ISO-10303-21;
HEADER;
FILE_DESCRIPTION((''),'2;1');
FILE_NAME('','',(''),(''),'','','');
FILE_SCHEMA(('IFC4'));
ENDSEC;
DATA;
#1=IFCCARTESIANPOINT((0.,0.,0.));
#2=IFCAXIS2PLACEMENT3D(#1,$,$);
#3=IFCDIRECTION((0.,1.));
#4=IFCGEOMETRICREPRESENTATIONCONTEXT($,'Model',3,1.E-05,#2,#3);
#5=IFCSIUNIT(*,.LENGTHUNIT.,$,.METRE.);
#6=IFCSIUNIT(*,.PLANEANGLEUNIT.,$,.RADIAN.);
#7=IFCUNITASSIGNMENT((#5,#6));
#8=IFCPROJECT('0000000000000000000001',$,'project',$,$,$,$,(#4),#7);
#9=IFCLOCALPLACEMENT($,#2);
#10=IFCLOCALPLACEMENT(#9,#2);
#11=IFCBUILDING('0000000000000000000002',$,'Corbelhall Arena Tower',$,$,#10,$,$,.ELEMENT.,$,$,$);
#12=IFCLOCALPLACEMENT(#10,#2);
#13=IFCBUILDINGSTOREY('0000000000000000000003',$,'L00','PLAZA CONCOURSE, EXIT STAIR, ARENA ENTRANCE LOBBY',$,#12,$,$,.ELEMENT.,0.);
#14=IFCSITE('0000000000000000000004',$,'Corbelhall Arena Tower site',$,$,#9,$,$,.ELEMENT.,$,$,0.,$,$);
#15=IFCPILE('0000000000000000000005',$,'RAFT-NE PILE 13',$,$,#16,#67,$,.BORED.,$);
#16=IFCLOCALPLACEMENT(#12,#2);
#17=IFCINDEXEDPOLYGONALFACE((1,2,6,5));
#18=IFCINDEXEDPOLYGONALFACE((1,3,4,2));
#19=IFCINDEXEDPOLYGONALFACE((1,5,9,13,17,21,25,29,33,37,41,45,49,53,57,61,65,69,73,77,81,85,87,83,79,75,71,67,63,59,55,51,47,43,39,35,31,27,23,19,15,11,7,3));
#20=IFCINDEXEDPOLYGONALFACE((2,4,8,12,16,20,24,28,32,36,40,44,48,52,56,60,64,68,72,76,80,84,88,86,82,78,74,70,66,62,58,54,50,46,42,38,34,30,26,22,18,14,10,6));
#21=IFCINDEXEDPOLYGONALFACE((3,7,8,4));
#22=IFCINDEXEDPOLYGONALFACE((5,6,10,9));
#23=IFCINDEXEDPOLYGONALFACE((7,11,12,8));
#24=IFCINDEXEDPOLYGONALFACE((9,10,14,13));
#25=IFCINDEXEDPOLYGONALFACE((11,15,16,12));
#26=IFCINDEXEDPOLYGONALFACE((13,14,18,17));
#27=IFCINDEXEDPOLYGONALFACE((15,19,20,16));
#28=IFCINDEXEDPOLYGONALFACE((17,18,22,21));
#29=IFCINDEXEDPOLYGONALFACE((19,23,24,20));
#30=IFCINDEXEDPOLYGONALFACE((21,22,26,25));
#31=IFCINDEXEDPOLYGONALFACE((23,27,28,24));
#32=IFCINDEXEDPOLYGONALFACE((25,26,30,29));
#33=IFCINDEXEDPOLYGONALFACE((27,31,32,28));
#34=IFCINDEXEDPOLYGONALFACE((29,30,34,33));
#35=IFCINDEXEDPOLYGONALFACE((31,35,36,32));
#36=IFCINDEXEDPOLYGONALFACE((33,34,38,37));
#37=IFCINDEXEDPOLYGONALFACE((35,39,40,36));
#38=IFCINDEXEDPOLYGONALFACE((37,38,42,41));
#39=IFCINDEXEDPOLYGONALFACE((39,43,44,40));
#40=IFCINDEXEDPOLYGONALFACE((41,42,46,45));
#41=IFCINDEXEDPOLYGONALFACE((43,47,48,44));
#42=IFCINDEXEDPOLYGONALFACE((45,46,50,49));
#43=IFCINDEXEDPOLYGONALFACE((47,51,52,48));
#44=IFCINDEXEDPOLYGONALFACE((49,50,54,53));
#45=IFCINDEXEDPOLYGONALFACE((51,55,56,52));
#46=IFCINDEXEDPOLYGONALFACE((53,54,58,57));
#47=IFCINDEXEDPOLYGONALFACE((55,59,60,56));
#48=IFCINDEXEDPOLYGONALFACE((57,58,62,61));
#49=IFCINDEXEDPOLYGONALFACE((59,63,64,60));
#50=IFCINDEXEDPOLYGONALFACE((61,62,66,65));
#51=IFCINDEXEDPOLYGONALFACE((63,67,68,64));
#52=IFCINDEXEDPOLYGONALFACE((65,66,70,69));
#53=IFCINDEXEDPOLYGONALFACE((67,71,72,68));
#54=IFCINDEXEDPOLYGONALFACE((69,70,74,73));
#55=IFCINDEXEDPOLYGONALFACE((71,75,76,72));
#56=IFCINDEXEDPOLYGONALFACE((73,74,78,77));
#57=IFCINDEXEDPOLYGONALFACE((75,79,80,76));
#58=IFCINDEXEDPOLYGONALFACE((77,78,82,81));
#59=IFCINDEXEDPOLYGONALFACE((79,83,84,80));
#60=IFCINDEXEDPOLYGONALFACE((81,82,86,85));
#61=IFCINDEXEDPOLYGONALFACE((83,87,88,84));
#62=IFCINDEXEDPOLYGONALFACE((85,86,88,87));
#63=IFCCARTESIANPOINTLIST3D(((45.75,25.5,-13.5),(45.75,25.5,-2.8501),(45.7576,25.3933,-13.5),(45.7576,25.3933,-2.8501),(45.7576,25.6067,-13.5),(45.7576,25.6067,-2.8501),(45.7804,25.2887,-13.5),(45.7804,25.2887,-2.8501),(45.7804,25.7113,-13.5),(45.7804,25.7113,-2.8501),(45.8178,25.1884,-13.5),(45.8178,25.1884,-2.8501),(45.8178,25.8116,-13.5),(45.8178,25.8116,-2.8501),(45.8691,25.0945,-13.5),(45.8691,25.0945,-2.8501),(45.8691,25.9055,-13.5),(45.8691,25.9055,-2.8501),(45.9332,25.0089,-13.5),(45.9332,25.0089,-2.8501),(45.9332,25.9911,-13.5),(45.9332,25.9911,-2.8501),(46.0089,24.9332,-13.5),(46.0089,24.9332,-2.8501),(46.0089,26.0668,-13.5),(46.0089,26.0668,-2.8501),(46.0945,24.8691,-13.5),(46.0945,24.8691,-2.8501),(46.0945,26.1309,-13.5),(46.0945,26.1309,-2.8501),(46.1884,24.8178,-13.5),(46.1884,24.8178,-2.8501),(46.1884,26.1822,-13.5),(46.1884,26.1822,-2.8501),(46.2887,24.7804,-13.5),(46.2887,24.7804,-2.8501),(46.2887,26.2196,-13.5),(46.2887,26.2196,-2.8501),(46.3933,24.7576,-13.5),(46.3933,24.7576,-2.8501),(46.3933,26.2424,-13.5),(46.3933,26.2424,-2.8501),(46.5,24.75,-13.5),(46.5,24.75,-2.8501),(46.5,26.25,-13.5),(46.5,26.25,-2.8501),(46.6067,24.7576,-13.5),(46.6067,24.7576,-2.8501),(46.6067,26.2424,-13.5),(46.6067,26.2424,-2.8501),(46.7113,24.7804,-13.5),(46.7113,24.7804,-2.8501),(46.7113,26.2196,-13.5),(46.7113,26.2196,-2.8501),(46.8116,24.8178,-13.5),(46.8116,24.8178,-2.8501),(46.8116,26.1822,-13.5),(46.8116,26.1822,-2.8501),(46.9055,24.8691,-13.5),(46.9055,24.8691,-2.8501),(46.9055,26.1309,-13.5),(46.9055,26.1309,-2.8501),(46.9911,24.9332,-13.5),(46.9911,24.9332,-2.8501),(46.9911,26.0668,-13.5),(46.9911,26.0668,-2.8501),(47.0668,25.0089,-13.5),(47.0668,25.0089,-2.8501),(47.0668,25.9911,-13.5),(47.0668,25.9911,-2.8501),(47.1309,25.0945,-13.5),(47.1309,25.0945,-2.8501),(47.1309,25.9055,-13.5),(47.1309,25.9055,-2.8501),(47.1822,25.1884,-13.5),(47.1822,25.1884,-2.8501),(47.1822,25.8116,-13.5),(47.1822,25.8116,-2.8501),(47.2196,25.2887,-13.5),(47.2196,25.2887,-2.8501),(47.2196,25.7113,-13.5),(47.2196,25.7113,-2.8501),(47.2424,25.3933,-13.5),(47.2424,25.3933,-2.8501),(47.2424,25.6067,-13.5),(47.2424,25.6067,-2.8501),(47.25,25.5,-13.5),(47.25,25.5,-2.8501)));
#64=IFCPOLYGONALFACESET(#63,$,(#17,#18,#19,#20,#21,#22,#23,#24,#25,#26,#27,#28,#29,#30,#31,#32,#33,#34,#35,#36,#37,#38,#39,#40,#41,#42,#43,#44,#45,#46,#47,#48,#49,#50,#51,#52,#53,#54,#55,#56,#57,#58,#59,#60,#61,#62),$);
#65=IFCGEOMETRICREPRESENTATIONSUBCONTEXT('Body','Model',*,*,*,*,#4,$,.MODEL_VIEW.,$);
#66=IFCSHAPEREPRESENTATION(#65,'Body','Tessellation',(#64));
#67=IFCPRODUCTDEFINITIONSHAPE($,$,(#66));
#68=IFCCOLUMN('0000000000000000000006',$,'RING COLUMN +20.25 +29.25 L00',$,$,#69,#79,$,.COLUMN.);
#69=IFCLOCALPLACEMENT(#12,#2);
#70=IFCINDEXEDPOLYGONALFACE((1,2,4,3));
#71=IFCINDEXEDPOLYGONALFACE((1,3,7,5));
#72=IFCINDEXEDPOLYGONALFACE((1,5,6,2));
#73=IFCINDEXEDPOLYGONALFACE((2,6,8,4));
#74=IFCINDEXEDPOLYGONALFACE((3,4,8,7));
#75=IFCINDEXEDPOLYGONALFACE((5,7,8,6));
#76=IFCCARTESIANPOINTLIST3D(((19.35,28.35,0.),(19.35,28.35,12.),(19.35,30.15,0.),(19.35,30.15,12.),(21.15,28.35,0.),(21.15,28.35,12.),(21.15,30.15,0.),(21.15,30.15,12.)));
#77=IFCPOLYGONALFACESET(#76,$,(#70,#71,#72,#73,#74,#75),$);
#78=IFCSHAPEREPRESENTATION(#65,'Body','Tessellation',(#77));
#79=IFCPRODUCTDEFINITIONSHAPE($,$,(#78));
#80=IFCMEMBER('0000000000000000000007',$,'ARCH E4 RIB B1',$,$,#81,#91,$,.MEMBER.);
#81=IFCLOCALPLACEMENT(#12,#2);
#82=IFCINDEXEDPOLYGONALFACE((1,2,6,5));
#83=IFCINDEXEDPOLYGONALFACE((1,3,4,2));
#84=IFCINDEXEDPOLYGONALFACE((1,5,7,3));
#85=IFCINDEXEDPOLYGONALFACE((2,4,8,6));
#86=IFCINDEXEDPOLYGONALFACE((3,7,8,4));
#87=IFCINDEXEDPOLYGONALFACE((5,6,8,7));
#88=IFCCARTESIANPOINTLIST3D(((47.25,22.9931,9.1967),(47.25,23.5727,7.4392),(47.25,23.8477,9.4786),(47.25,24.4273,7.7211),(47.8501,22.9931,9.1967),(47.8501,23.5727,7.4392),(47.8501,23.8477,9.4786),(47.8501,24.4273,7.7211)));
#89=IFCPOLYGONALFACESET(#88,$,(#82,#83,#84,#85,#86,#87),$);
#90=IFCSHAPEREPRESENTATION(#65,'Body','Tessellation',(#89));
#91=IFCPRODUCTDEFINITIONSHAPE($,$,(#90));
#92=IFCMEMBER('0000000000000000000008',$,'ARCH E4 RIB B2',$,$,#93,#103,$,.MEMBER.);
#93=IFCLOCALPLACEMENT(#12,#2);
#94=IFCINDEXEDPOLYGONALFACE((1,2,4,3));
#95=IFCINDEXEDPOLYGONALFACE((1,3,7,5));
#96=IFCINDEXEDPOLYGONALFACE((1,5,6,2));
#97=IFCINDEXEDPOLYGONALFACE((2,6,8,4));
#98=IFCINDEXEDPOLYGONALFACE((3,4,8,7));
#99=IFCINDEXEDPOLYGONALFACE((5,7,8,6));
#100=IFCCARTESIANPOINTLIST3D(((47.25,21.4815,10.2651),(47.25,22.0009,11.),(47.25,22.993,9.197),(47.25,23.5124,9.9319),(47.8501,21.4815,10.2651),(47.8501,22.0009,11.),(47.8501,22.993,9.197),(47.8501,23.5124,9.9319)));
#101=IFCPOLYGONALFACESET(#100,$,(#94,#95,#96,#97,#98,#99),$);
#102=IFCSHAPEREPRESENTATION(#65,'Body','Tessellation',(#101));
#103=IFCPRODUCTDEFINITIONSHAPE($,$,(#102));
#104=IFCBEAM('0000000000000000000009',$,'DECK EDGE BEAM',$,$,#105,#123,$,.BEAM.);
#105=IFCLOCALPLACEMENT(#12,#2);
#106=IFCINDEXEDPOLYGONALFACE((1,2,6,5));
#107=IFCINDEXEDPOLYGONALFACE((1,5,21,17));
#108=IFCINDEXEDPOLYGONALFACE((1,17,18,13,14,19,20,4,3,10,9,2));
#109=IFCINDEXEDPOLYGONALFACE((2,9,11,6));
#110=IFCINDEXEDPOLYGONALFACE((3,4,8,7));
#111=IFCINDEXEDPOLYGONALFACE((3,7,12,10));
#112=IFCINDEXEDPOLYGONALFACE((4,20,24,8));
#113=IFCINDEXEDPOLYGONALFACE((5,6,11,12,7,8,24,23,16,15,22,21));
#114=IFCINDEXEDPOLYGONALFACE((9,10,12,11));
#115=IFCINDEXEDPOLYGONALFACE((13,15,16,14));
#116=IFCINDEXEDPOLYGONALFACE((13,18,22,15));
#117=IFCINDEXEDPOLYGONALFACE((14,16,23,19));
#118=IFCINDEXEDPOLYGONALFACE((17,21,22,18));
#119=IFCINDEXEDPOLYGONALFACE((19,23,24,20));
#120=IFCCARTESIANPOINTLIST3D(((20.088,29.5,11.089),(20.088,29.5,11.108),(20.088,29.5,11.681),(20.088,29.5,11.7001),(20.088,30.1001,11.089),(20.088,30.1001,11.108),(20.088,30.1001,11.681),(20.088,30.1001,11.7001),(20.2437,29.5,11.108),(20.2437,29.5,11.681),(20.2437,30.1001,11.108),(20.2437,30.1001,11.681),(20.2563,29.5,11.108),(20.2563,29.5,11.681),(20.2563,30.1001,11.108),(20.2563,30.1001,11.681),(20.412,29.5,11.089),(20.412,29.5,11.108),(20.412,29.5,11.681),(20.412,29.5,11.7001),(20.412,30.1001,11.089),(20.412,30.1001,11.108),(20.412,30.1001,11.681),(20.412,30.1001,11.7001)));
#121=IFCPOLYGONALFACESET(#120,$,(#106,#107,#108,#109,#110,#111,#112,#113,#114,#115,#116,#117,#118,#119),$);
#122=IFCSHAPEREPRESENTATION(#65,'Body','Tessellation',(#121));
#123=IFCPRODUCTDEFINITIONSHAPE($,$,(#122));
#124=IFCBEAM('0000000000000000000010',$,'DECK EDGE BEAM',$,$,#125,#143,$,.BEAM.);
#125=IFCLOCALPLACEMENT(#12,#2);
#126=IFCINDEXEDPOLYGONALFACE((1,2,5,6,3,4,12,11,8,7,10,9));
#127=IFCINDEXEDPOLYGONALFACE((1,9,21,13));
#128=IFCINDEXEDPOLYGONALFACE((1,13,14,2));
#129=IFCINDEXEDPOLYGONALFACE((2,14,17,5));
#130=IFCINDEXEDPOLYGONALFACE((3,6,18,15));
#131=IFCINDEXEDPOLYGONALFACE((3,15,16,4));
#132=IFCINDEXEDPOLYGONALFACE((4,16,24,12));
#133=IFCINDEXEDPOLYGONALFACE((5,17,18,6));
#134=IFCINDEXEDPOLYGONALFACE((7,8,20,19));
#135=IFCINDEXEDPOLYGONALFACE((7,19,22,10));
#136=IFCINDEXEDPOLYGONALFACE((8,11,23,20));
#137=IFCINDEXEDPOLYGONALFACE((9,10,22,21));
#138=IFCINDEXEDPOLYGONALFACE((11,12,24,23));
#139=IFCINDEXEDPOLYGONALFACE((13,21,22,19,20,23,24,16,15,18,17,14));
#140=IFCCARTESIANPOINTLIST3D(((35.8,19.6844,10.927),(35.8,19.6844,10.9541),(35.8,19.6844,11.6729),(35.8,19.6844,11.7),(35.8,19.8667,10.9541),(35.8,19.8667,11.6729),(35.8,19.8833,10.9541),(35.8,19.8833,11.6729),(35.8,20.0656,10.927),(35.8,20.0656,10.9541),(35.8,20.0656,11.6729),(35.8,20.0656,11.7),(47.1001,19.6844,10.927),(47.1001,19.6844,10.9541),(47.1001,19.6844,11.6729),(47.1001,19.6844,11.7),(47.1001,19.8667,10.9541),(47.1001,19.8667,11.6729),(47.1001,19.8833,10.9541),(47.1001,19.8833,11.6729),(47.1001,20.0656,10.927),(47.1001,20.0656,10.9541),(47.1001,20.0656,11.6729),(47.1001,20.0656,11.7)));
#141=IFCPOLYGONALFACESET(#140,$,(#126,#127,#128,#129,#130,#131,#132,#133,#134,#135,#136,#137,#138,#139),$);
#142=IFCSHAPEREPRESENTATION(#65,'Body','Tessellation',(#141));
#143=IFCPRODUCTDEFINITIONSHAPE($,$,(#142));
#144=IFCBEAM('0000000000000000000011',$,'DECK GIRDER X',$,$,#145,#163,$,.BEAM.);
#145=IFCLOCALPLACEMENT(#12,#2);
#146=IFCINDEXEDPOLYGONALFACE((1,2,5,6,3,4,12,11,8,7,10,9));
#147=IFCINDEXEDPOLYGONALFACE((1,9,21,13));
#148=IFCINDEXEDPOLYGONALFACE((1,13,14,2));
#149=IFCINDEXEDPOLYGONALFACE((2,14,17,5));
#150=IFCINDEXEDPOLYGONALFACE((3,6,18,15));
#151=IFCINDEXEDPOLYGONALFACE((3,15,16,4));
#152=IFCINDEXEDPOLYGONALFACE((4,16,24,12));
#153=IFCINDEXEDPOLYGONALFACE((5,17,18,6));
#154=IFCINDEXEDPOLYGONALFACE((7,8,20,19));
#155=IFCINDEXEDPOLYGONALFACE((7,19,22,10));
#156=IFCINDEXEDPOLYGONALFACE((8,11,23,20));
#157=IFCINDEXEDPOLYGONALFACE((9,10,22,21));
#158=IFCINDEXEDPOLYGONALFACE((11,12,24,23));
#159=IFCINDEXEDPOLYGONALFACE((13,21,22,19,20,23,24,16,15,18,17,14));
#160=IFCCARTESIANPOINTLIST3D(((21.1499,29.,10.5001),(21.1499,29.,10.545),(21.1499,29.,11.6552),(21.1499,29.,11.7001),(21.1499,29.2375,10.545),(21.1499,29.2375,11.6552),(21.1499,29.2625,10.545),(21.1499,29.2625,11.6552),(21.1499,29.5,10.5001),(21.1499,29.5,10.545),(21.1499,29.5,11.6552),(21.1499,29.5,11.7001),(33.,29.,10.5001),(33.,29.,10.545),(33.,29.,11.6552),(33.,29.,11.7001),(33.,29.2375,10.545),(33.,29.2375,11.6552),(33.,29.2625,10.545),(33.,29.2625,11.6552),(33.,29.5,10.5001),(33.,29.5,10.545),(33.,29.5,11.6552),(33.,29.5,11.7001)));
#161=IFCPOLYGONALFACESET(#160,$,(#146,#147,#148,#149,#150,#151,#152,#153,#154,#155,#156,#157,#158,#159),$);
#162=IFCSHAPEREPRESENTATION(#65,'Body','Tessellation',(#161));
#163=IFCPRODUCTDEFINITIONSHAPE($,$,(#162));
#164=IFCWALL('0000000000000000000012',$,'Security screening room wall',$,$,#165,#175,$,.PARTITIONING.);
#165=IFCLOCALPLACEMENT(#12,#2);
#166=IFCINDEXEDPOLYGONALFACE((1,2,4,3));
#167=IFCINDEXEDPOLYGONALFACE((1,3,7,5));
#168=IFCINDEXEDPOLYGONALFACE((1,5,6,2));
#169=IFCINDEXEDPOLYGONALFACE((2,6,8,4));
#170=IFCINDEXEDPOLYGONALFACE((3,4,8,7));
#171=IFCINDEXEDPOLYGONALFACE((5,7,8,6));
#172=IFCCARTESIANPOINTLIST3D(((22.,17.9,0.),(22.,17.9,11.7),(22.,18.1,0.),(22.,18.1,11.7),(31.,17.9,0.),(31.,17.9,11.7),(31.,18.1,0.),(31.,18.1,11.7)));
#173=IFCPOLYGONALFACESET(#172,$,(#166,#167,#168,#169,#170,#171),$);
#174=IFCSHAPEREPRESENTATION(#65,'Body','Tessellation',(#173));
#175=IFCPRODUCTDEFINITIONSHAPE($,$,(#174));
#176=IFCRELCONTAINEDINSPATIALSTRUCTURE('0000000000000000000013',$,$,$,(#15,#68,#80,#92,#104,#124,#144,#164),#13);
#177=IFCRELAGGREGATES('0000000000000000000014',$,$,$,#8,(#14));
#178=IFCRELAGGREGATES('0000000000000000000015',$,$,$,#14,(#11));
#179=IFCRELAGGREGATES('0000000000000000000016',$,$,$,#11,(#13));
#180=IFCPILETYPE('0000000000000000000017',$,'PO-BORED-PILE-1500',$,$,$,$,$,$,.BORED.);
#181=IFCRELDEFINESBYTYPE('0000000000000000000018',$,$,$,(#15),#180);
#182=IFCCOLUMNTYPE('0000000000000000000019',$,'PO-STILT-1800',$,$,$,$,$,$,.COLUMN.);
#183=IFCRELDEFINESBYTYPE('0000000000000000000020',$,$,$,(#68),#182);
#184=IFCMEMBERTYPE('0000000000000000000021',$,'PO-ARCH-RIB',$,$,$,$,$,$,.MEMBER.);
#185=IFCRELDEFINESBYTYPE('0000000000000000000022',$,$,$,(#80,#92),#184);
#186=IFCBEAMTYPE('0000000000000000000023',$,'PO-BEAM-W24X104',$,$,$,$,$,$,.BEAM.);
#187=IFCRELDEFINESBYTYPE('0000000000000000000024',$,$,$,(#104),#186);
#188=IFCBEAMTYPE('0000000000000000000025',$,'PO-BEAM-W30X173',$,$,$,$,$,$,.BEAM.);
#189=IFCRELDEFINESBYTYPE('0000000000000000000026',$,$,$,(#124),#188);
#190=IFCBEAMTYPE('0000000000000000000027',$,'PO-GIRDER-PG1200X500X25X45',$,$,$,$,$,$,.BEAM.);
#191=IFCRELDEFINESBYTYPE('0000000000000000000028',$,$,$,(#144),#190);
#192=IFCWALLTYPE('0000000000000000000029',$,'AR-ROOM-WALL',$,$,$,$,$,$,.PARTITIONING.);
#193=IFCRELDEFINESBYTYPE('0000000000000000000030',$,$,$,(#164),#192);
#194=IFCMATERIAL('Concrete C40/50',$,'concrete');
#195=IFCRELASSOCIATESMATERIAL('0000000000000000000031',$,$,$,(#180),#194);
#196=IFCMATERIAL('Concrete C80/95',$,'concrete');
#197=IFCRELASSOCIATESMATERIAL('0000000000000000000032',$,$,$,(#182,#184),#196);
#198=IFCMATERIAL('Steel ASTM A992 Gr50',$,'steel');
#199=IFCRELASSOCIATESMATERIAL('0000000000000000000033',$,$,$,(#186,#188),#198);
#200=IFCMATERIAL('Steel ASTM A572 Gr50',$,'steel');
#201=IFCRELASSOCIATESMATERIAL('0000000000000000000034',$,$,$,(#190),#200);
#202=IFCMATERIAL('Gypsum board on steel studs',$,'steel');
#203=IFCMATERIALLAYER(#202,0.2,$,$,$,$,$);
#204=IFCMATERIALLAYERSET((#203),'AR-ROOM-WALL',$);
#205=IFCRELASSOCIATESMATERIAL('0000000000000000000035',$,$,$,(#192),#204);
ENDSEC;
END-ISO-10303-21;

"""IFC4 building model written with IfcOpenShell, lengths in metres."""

from ifc_helpers import new_model, si_unit, direction, frame, frame_2d, origin, origin_2d, place, context, subcontext, project, spatial, rectangle, circle, i_section, extrude, material, layer, layer_set, material_profile, profile_set, type_object, element, save


model = new_model("IFC4")

# Units and contexts
model_context = context("Model", 3, precision=1e-05, world=origin(), true_north=direction((0.0, 1.0)))
body_context = subcontext(model_context, "Body", "Model", "MODEL_VIEW")
ifc_project = project(units=[si_unit("LENGTHUNIT", "METRE"), si_unit("PLANEANGLEUNIT", "RADIAN")], contexts=[model_context])

# Site, building, storey
site_placement = place(None, origin())
site = spatial("IfcSite", under=ifc_project, at=site_placement, Name="Corbelhall Arena Tower site", CompositionType="ELEMENT", RefElevation=0.0)
building_placement = place(site_placement, origin())
building = spatial("IfcBuilding", under=site, at=building_placement, Name="Corbelhall Arena Tower", CompositionType="ELEMENT")
storey_placement = place(building_placement, origin())
storey = spatial("IfcBuildingStorey", under=building, at=storey_placement, Name="L00", Description="PLAZA CONCOURSE, EXIT STAIR, ARENA ENTRANCE LOBBY", CompositionType="ELEMENT", Elevation=0.0)

# Pile
ifc_material_1 = material(Name="Concrete C40/50", Category="concrete")
ifc_material_profile_1 = material_profile(ifc_material_1, circle(Radius=0.75, at=origin_2d()))
ifc_profile_set_1 = profile_set([ifc_material_profile_1], Name="Concrete C40/50")
pile_type = type_object("IfcPileType", Name="PO-BORED-PILE-1500", PredefinedType="BORED", material=ifc_profile_set_1)
for number, where, z_axis, x_axis, name in (
    (1, (46.5, 25.5, -2.8501), (0.0, 0.0, -1.0), (1.0, 0.0, 0.0), "RAFT-NE PILE 13"),
):
    element("IfcPile", number, at=place(storey_placement, frame(where, z_axis=z_axis, x_axis=x_axis)), inside=storey, type_object=pile_type, Name=name, PredefinedType="BORED", context=body_context, shape_type="SweptSolid", body=[
        extrude(circle(Radius=0.75, at=origin_2d()), origin(), (0.0, 0.0, 1.0), 10.6499),
    ])

# Column
ifc_material_2 = material(Name="Concrete C80/95", Category="concrete")
ifc_material_profile_2 = material_profile(ifc_material_2, rectangle(XDim=1.8, YDim=1.8, at=origin_2d()))
ifc_profile_set_2 = profile_set([ifc_material_profile_2], Name="Concrete C80/95")
column_type = type_object("IfcColumnType", Name="PO-STILT-1800", PredefinedType="COLUMN", material=ifc_profile_set_2)
column_placement = place(storey_placement, frame((20.25, 29.25, 0.0), z_axis=(0.0, 0.0, 1.0), x_axis=(1.0, 0.0, 0.0)))
element("IfcColumn", 2, at=column_placement, inside=storey, type_object=column_type, Name="RING COLUMN +20.25 +29.25 L00", PredefinedType="COLUMN", context=body_context, shape_type="SweptSolid", body=[
    extrude(rectangle(XDim=1.8, YDim=1.8, at=origin_2d()), origin(), (0.0, 0.0, 1.0), 12.0),
])

# Members
ifc_material_profile_3 = material_profile(ifc_material_2, rectangle(XDim=0.6001, YDim=0.8999, at=origin_2d()))
ifc_profile_set_3 = profile_set([ifc_material_profile_3], Name="Concrete C80/95")
member_type = type_object("IfcMemberType", Name="PO-ARCH-RIB", PredefinedType="MEMBER", material=ifc_profile_set_3)
member_1_placement = place(storey_placement, frame((47.55, 23.4204, 9.3376), z_axis=(0.0, 0.313179, -0.949694), x_axis=(-1.0, 0.0, 0.0)))
element("IfcMember", 3, at=member_1_placement, inside=storey, type_object=member_type, Name="ARCH E4 RIB B1", PredefinedType="MEMBER", context=body_context, shape_type="SweptSolid", body=[
    extrude(rectangle(XDim=0.6001, YDim=0.8999, at=origin_2d()), origin(), (0.0, 0.0, 1.0), 1.8506),
])
member_2_placement = place(storey_placement, frame((47.55, 21.7412, 10.6326), z_axis=(0.0, 0.816664, -0.577113), x_axis=(-1.0, 0.0, 0.0)))
element("IfcMember", 4, at=member_2_placement, inside=storey, type_object=member_type, Name="ARCH E4 RIB B2", PredefinedType="MEMBER", context=body_context, shape_type="SweptSolid", body=[
    extrude(rectangle(XDim=0.6001, YDim=0.8999, at=origin_2d()), origin(), (0.0, 0.0, 1.0), 1.8508),
])

# Beams
ifc_material_3 = material(Name="Steel ASTM A992 Gr50", Category="steel")
ifc_material_profile_4 = material_profile(ifc_material_3, i_section(OverallWidth=0.324, OverallDepth=0.6111, WebThickness=0.0127, FlangeThickness=0.019, at=origin_2d()))
ifc_profile_set_4 = profile_set([ifc_material_profile_4], Name="Steel ASTM A992 Gr50")
beam_type_1 = type_object("IfcBeamType", Name="PO-BEAM-W24X104", PredefinedType="BEAM", material=ifc_profile_set_4)
beam_1_placement = place(storey_placement, frame((20.25, 29.5, 11.3945), z_axis=(0.0, 1.0, 0.0), x_axis=(-1.0, 0.0, 0.0)))
element("IfcBeam", 5, at=beam_1_placement, inside=storey, type_object=beam_type_1, Name="DECK EDGE BEAM", PredefinedType="BEAM", context=body_context, shape_type="SweptSolid", body=[
    extrude(i_section(OverallWidth=0.324, OverallDepth=0.6111, WebThickness=0.0127, FlangeThickness=0.019, at=origin_2d()), origin(), (0.0, 0.0, 1.0), 0.6001),
])
ifc_material_profile_5 = material_profile(ifc_material_3, i_section(OverallWidth=0.3811, OverallDepth=0.7729, WebThickness=0.0166, FlangeThickness=0.0271, at=origin_2d()))
ifc_profile_set_5 = profile_set([ifc_material_profile_5], Name="Steel ASTM A992 Gr50")
beam_type_2 = type_object("IfcBeamType", Name="PO-BEAM-W30X173", PredefinedType="BEAM", material=ifc_profile_set_5)
beam_2_placement = place(storey_placement, frame((35.8, 19.875, 11.3135), z_axis=(1.0, 0.0, 0.0), x_axis=(0.0, 1.0, 0.0)))
element("IfcBeam", 6, at=beam_2_placement, inside=storey, type_object=beam_type_2, Name="DECK EDGE BEAM", PredefinedType="BEAM", context=body_context, shape_type="SweptSolid", body=[
    extrude(i_section(OverallWidth=0.3811, OverallDepth=0.7729, WebThickness=0.0166, FlangeThickness=0.0271, at=origin_2d()), origin(), (0.0, 0.0, 1.0), 11.3),
])
ifc_material_4 = material(Name="Steel ASTM A572 Gr50", Category="steel")
ifc_material_profile_6 = material_profile(ifc_material_4, i_section(OverallWidth=0.5, OverallDepth=1.2, WebThickness=0.0249, FlangeThickness=0.0449, at=origin_2d()))
ifc_profile_set_6 = profile_set([ifc_material_profile_6], Name="Steel ASTM A572 Gr50")
beam_type_3 = type_object("IfcBeamType", Name="PO-GIRDER-PG1200X500X25X45", PredefinedType="BEAM", material=ifc_profile_set_6)
beam_3_placement = place(storey_placement, frame((21.1499, 29.25, 11.1001), z_axis=(1.0, 0.0, 0.0), x_axis=(0.0, 1.0, 0.0)))
element("IfcBeam", 7, at=beam_3_placement, inside=storey, type_object=beam_type_3, Name="DECK GIRDER X", PredefinedType="BEAM", context=body_context, shape_type="SweptSolid", body=[
    extrude(i_section(OverallWidth=0.5, OverallDepth=1.2, WebThickness=0.0249, FlangeThickness=0.0449, at=origin_2d()), origin(), (0.0, 0.0, 1.0), 11.8501),
])

# Wall
ifc_material_5 = material(Name="Gypsum board on steel studs", Category="steel")
ifc_layer_1 = layer(ifc_material_5, 0.2)
ifc_layer_set_1 = layer_set([ifc_layer_1], Name="AR-ROOM-WALL")
wall_type_1 = type_object("IfcWallType", Name="AR-ROOM-WALL", PredefinedType="PARTITIONING", material=ifc_layer_set_1)
wall_1_placement = place(storey_placement, frame((31.0, 18.0, 0.0), z_axis=(0.0, 0.0, 1.0), x_axis=(-1.0, 0.0, 0.0)))
element("IfcWall", 8, at=wall_1_placement, inside=storey, type_object=wall_type_1, Name="Security screening room wall", PredefinedType="PARTITIONING", context=body_context, shape_type="SweptSolid", body=[
    extrude(rectangle(XDim=9.0, YDim=0.2, at=frame_2d((4.5, 0.0))), origin(), (0.0, 0.0, 1.0), 11.7),
])

save(model, "model.ifc")
